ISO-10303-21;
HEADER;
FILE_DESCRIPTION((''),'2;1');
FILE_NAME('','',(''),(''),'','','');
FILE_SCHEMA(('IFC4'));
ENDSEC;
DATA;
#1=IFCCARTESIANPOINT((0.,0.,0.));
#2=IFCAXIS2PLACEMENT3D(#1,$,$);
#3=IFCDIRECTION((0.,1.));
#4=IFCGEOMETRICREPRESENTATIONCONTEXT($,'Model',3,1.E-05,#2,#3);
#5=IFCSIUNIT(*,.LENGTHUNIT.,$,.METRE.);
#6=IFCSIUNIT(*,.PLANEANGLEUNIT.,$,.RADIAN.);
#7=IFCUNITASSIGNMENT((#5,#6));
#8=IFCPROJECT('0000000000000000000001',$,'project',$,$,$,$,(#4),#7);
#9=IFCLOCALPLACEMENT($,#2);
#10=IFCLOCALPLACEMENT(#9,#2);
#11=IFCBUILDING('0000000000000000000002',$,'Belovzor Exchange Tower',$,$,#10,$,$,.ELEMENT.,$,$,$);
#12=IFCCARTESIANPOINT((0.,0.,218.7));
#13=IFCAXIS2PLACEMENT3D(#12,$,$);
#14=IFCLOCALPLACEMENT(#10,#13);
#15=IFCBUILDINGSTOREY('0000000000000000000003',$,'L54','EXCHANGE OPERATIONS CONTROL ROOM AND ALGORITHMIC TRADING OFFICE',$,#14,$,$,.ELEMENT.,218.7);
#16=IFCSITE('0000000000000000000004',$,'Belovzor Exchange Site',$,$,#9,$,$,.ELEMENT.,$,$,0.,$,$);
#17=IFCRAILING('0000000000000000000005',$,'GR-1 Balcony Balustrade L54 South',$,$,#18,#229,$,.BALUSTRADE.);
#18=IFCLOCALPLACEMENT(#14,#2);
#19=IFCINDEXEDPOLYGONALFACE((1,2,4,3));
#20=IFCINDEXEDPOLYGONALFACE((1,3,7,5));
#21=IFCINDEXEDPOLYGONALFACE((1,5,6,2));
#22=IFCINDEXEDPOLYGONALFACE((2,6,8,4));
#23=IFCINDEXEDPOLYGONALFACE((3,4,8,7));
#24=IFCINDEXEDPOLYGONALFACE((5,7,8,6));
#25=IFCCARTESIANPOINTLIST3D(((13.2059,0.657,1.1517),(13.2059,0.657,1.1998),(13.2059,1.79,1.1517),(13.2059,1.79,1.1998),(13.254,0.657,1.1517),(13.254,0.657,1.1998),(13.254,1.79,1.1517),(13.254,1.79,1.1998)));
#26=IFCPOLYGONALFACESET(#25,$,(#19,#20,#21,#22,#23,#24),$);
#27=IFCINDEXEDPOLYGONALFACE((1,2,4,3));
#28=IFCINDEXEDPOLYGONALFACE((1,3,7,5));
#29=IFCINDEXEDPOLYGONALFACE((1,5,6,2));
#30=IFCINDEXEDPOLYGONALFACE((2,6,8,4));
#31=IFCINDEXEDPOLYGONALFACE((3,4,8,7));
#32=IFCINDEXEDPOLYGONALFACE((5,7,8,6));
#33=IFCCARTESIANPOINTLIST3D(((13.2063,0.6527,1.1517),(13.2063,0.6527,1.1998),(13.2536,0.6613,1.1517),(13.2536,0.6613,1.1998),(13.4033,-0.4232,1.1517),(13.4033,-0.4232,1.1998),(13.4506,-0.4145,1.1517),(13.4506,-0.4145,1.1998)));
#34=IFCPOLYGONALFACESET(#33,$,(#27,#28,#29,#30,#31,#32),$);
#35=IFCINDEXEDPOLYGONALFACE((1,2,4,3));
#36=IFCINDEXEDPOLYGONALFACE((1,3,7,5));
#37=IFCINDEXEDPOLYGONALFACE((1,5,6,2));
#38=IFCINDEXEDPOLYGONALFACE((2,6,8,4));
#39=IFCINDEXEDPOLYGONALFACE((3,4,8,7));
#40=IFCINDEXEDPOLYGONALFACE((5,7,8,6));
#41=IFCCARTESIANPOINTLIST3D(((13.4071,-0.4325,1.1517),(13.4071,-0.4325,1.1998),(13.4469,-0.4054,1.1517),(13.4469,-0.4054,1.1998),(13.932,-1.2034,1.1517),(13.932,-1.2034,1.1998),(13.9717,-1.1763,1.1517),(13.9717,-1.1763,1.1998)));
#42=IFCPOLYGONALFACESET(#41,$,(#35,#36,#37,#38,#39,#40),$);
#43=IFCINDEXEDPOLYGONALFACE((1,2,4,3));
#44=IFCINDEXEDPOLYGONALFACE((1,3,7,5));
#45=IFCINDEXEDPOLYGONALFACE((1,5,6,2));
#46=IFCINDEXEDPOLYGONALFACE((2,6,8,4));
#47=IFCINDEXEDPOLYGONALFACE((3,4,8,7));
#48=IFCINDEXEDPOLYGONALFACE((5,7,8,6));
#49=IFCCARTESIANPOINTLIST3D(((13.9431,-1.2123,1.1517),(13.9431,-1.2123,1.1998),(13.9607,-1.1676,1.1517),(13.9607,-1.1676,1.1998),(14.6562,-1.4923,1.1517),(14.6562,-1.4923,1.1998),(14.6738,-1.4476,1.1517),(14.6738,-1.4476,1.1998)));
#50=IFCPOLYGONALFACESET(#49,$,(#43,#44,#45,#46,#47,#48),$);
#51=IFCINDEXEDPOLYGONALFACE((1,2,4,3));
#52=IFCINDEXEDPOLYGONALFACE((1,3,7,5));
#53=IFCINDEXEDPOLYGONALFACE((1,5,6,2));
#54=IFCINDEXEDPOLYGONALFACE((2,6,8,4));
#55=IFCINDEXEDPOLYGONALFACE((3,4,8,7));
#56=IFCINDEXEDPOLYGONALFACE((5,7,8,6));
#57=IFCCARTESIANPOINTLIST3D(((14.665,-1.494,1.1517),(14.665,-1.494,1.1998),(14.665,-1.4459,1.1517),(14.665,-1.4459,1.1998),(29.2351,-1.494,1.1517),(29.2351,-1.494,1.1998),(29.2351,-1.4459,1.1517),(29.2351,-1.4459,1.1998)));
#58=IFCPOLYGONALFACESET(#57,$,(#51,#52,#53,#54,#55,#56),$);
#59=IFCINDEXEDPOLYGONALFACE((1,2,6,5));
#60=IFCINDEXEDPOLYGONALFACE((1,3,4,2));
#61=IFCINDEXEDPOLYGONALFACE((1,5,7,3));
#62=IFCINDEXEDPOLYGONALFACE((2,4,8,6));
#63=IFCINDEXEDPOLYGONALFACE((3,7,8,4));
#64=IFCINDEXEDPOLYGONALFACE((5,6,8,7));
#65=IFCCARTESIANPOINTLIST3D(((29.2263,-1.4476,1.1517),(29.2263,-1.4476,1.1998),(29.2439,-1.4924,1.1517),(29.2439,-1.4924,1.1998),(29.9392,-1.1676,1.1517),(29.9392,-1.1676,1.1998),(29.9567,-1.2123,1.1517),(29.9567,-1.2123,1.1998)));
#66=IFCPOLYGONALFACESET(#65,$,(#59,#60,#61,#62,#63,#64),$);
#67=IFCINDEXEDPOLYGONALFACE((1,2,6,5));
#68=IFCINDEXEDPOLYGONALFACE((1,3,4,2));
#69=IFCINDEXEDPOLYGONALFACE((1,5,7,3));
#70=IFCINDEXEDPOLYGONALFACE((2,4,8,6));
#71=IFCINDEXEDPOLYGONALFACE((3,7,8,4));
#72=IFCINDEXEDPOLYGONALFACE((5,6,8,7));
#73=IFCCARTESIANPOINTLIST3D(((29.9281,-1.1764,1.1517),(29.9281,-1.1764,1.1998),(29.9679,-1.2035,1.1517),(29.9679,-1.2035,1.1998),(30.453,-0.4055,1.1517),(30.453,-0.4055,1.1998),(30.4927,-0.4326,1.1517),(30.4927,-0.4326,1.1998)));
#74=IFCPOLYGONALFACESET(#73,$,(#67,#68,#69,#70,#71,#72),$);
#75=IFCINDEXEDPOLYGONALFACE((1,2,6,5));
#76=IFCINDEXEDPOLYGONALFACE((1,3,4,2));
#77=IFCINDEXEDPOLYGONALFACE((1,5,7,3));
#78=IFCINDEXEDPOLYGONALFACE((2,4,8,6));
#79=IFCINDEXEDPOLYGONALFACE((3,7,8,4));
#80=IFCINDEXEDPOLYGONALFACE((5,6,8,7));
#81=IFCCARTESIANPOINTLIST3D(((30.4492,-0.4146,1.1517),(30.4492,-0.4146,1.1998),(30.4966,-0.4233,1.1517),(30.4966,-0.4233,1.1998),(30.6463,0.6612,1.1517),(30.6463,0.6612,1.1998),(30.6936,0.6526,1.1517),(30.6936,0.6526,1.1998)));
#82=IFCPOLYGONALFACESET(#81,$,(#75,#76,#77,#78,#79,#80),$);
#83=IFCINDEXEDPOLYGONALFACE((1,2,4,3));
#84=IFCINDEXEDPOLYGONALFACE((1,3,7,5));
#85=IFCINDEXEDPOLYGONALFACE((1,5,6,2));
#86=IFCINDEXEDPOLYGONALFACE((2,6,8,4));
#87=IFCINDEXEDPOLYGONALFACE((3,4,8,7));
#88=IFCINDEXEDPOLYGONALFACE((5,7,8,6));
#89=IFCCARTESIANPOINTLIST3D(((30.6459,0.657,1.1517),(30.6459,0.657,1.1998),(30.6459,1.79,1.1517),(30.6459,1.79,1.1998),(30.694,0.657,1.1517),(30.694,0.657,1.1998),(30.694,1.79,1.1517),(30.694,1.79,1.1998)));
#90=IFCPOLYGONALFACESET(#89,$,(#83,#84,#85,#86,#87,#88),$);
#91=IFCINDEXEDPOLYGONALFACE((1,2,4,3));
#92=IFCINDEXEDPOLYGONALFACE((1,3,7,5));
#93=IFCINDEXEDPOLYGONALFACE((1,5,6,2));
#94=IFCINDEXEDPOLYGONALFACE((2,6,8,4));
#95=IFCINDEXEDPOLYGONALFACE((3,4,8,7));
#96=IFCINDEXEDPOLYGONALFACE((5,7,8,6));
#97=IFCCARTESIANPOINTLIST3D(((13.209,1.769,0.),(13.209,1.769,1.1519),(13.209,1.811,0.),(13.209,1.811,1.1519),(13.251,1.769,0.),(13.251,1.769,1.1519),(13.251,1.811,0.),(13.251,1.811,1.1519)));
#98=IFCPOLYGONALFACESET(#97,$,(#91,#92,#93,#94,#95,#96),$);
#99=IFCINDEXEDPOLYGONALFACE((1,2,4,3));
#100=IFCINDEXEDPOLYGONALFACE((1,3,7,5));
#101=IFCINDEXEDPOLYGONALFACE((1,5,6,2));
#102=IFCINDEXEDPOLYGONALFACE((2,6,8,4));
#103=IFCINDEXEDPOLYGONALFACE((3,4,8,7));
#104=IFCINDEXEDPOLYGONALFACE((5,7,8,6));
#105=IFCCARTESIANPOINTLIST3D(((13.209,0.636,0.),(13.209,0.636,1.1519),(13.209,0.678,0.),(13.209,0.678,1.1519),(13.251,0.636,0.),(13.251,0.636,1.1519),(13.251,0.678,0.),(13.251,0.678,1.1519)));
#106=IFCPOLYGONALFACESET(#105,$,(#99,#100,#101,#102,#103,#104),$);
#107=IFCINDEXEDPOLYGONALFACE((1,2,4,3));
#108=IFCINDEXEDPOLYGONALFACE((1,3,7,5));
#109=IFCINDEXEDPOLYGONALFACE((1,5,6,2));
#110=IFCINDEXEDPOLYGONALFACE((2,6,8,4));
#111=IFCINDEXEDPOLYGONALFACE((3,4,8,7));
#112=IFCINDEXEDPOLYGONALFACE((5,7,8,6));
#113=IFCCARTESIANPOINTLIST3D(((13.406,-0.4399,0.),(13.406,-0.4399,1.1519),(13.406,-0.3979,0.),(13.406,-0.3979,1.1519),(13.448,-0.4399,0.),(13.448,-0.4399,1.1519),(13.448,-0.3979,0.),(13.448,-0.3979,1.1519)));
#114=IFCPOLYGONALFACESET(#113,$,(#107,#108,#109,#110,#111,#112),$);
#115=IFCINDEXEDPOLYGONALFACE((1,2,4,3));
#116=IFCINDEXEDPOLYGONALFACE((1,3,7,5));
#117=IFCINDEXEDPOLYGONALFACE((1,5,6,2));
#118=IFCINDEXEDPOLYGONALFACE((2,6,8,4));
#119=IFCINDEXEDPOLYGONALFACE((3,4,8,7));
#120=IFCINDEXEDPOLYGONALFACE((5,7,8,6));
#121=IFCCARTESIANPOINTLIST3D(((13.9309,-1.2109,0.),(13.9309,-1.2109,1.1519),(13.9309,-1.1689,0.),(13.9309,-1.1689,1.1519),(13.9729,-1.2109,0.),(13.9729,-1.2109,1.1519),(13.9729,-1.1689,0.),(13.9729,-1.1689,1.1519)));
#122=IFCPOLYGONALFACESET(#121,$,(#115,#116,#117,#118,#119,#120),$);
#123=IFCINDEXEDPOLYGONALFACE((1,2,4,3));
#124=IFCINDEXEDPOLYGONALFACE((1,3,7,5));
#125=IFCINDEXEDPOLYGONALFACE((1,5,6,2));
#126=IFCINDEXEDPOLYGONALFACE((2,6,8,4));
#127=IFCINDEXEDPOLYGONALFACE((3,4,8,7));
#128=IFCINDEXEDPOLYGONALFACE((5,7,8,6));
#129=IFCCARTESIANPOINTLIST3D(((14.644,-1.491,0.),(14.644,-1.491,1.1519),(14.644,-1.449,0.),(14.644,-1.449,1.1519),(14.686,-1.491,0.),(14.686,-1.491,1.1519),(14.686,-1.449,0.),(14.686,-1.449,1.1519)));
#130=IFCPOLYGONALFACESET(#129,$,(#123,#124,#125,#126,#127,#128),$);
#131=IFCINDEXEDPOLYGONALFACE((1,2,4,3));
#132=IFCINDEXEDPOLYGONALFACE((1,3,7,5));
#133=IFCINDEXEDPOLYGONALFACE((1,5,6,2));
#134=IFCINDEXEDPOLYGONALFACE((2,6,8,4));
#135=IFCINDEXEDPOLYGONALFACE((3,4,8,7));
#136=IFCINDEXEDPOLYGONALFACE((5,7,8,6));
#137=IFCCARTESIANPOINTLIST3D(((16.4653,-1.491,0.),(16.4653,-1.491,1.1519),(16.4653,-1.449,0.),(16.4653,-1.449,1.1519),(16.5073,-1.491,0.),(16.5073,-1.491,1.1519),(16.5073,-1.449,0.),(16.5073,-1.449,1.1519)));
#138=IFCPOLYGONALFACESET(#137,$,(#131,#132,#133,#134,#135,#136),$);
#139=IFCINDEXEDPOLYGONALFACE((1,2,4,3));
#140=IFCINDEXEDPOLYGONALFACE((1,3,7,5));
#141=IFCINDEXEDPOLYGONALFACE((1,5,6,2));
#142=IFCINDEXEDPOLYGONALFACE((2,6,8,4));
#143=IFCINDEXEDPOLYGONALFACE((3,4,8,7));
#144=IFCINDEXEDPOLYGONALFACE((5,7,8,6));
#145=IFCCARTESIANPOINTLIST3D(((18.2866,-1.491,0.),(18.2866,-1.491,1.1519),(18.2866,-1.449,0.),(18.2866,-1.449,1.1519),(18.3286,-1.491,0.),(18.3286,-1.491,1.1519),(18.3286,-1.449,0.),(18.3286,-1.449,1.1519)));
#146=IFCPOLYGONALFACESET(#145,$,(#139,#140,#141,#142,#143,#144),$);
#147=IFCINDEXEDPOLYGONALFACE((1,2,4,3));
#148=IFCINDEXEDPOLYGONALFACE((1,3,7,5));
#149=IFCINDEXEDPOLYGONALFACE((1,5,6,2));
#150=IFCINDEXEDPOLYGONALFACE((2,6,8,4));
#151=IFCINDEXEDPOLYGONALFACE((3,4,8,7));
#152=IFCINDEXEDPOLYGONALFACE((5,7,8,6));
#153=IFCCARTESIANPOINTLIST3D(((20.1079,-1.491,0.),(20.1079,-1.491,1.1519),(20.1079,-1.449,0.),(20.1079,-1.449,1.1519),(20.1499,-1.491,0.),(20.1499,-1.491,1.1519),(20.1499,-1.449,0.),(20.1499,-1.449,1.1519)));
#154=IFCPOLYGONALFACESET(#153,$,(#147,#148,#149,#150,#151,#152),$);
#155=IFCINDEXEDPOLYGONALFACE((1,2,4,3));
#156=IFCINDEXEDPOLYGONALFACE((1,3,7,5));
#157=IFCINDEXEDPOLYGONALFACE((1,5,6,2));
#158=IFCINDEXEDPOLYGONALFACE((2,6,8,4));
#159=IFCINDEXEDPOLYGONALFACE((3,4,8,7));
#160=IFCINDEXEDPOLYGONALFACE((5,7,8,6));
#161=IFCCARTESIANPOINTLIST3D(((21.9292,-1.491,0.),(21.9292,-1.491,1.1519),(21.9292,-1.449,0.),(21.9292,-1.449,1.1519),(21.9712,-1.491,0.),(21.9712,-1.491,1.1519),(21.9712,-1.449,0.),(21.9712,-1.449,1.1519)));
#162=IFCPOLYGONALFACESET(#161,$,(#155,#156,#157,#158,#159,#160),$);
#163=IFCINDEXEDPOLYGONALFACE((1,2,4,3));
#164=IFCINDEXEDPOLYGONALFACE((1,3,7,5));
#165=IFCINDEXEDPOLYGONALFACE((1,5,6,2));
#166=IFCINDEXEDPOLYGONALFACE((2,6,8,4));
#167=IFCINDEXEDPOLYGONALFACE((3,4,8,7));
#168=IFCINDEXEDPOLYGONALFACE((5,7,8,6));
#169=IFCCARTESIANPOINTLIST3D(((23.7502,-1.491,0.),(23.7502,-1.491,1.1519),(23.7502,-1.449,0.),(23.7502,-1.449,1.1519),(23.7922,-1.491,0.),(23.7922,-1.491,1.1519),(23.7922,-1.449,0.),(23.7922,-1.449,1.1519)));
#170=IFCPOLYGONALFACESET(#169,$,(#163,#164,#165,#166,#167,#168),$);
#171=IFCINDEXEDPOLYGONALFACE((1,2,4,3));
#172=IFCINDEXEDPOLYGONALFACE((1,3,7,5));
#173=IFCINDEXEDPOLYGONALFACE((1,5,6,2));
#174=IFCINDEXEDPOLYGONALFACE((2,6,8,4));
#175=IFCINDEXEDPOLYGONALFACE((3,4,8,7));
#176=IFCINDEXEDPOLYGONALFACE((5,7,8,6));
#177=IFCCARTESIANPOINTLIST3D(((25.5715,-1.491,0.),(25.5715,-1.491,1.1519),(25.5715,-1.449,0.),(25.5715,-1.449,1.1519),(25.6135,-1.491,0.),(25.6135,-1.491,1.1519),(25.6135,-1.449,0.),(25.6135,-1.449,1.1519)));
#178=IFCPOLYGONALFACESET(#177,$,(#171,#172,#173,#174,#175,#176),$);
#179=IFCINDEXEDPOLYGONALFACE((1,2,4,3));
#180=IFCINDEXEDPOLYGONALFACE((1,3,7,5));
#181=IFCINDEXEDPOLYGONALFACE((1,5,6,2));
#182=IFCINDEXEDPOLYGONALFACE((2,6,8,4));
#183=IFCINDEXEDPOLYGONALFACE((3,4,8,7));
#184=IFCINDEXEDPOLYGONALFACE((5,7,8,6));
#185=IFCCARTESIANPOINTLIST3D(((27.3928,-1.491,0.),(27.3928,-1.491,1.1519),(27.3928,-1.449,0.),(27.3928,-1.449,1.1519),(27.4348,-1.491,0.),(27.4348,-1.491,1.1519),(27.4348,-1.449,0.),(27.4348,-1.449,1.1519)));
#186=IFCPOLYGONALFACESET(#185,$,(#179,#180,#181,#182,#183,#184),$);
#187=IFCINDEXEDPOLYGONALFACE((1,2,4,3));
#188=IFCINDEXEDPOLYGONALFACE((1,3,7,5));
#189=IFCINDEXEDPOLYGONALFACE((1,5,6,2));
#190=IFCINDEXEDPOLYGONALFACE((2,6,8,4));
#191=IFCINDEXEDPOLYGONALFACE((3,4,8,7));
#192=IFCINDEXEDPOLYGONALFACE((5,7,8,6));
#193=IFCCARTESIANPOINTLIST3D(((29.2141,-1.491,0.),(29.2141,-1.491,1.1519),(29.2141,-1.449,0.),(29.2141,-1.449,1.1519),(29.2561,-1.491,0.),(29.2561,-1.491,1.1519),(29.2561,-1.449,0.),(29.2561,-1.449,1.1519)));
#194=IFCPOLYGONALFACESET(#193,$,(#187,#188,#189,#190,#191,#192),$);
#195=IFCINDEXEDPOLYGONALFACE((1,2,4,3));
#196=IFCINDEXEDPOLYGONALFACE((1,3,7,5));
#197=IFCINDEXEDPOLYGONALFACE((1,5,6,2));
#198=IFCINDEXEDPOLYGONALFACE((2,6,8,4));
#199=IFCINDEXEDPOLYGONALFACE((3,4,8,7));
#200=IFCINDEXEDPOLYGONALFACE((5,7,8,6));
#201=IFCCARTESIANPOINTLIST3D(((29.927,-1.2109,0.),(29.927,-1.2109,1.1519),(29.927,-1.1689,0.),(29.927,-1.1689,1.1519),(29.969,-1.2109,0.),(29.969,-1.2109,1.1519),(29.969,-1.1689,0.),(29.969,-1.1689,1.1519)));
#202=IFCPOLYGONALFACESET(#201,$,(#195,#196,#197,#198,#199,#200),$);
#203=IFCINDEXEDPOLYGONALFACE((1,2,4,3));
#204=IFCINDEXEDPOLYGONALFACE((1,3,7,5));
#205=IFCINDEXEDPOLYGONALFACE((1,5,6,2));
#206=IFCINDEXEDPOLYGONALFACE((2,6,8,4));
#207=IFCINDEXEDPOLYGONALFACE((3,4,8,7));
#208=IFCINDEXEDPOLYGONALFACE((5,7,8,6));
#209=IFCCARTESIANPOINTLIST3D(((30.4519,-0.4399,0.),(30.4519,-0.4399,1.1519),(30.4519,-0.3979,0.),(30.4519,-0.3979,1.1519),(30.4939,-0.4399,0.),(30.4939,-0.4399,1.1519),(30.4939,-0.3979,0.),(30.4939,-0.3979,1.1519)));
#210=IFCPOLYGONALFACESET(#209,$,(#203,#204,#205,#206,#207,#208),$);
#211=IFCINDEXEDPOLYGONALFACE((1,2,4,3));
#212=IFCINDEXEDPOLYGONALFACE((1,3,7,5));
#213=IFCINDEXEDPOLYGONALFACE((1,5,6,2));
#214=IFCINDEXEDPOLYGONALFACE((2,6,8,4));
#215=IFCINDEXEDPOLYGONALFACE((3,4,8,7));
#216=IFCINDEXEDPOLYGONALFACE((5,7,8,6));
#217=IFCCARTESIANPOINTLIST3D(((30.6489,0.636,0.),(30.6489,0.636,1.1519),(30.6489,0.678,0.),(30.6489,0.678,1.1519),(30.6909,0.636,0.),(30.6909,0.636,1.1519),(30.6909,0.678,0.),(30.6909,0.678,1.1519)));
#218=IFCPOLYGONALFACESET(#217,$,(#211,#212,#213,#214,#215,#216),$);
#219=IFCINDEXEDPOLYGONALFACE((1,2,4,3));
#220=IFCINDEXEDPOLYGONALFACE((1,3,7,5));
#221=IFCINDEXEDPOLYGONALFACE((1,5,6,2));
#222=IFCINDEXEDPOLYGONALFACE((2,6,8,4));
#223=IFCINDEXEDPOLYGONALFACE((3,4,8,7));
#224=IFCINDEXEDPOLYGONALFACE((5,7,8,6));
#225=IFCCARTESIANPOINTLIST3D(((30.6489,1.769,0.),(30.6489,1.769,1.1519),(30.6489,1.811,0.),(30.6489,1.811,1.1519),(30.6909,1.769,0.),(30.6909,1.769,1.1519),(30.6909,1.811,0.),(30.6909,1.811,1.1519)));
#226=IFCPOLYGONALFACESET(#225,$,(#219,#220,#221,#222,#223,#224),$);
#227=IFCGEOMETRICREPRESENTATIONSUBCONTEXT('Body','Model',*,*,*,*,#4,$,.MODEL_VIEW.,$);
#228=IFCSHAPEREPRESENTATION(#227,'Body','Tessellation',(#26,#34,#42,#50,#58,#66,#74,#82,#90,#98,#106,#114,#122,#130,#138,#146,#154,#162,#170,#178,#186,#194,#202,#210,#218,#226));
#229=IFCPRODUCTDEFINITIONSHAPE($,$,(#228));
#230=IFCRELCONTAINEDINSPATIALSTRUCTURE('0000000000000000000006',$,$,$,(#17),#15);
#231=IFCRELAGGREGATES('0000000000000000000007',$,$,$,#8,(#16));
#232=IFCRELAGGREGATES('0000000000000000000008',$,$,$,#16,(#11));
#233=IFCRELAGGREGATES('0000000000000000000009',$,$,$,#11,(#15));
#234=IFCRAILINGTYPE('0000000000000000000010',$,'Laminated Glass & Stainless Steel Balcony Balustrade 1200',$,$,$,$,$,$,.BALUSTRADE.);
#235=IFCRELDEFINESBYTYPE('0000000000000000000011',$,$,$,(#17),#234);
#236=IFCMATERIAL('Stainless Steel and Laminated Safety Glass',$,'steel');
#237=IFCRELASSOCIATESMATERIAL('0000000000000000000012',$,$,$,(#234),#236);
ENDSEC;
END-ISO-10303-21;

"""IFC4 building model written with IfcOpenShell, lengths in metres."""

from ifc_helpers import new_model, si_unit, direction, frame, origin, origin_2d, place, context, subcontext, project, spatial, rectangle, extrude, material, type_object, element, save


model = new_model("IFC4")

# Units and contexts
model_context = context("Model", 3, precision=1e-05, world=origin(), true_north=direction((0.0, 1.0)))
body_context = subcontext(model_context, "Body", "Model", "MODEL_VIEW")
ifc_project = project(units=[si_unit("LENGTHUNIT", "METRE"), si_unit("PLANEANGLEUNIT", "RADIAN")], contexts=[model_context])

# Site, building, storey
site_placement = place(None, origin())
site = spatial("IfcSite", under=ifc_project, at=site_placement, Name="Belovzor Exchange Site", CompositionType="ELEMENT", RefElevation=0.0)
building_placement = place(site_placement, origin())
building = spatial("IfcBuilding", under=site, at=building_placement, Name="Belovzor Exchange Tower", CompositionType="ELEMENT")
storey_placement = place(building_placement, frame((0.0, 0.0, 218.7)))
storey = spatial("IfcBuildingStorey", under=building, at=storey_placement, Name="L54", Description="EXCHANGE OPERATIONS CONTROL ROOM AND ALGORITHMIC TRADING OFFICE", CompositionType="ELEMENT", Elevation=218.7)

# Railing
ifc_material_1 = material(Name="Stainless Steel and Laminated Safety Glass", Category="steel")
railing_type = type_object("IfcRailingType", Name="Laminated Glass & Stainless Steel Balcony Balustrade 1200", PredefinedType="BALUSTRADE", material=ifc_material_1)
railing_placement = place(storey_placement, frame((13.23, 1.79, 0.0)))
element("IfcRailing", 1, at=railing_placement, inside=storey, type_object=railing_type, Name="GR-1 Balcony Balustrade L54 South", PredefinedType="BALUSTRADE", context=body_context, shape_type="SweptSolid", body=[
    extrude(rectangle(XDim=0.0481, YDim=0.0481, at=origin_2d()), frame((0.0, 0.0, 1.1758), z_axis=(0.0, -1.0, 0.0), x_axis=(1.0, 0.0, 0.0)), (0.0, 0.0, 1.0), 1.1331),
    extrude(rectangle(XDim=0.0481, YDim=0.0481, at=origin_2d()), frame((0.0, -1.1331, 1.1758), z_axis=(0.180123, -0.983644, 0.0), x_axis=(0.983644, 0.180123, 0.0)), (0.0, 0.0, 1.0), 1.0938),
    extrude(rectangle(XDim=0.0481, YDim=0.0481, at=origin_2d()), frame((0.197, -2.209, 1.1758), z_axis=(0.562768, -0.826615, 0.0), x_axis=(0.826615, 0.562768, 0.0)), (0.0, 0.0, 1.0), 0.9326),
    extrude(rectangle(XDim=0.0481, YDim=0.0481, at=origin_2d()), frame((0.7219, -2.98, 1.1758), z_axis=(0.93081, -0.365504, 0.0), x_axis=(0.365504, 0.93081, 0.0)), (0.0, 0.0, 1.0), 0.7661),
    extrude(rectangle(XDim=0.0481, YDim=0.0481, at=origin_2d()), frame((1.4351, -3.26, 1.1758), z_axis=(1.0, 0.0, 0.0), x_axis=(0.0, 1.0, 0.0)), (0.0, 0.0, 1.0), 14.5701),
    extrude(rectangle(XDim=0.0481, YDim=0.0481, at=origin_2d()), frame((16.0051, -3.26, 1.1758), z_axis=(0.930767, 0.365613, 0.0), x_axis=(-0.365613, 0.930767, 0.0)), (0.0, 0.0, 1.0), 0.7659),
    extrude(rectangle(XDim=0.0481, YDim=0.0481, at=origin_2d()), frame((16.718, -2.98, 1.1758), z_axis=(0.562768, 0.826615, 0.0), x_axis=(-0.826615, 0.562768, 0.0)), (0.0, 0.0, 1.0), 0.9326),
    extrude(rectangle(XDim=0.0481, YDim=0.0481, at=origin_2d()), frame((17.2429, -2.209, 1.1758), z_axis=(0.180123, 0.983644, 0.0), x_axis=(-0.983644, 0.180123, 0.0)), (0.0, 0.0, 1.0), 1.0938),
    extrude(rectangle(XDim=0.0481, YDim=0.0481, at=origin_2d()), frame((17.4399, -1.1331, 1.1758), z_axis=(0.0, 1.0, 0.0), x_axis=(-1.0, 0.0, 0.0)), (0.0, 0.0, 1.0), 1.1331),
    extrude(rectangle(XDim=0.042, YDim=0.042, at=origin_2d()), origin(), (0.0, 0.0, 1.0), 1.1519),
    extrude(rectangle(XDim=0.042, YDim=0.042, at=origin_2d()), frame((0.0, -1.1331, 0.0)), (0.0, 0.0, 1.0), 1.1519),
    extrude(rectangle(XDim=0.042, YDim=0.042, at=origin_2d()), frame((0.197, -2.209, 0.0)), (0.0, 0.0, 1.0), 1.1519),
    extrude(rectangle(XDim=0.042, YDim=0.042, at=origin_2d()), frame((0.7219, -2.98, 0.0)), (0.0, 0.0, 1.0), 1.1519),
    extrude(rectangle(XDim=0.042, YDim=0.042, at=origin_2d()), frame((1.4351, -3.26, 0.0)), (0.0, 0.0, 1.0), 1.1519),
    extrude(rectangle(XDim=0.042, YDim=0.042, at=origin_2d()), frame((3.2563, -3.26, 0.0)), (0.0, 0.0, 1.0), 1.1519),
    extrude(rectangle(XDim=0.042, YDim=0.042, at=origin_2d()), frame((5.0776, -3.26, 0.0)), (0.0, 0.0, 1.0), 1.1519),
    extrude(rectangle(XDim=0.042, YDim=0.042, at=origin_2d()), frame((6.8989, -3.26, 0.0)), (0.0, 0.0, 1.0), 1.1519),
    extrude(rectangle(XDim=0.042, YDim=0.042, at=origin_2d()), frame((8.7202, -3.26, 0.0)), (0.0, 0.0, 1.0), 1.1519),
    extrude(rectangle(XDim=0.042, YDim=0.042, at=origin_2d()), frame((10.5413, -3.26, 0.0)), (0.0, 0.0, 1.0), 1.1519),
    extrude(rectangle(XDim=0.042, YDim=0.042, at=origin_2d()), frame((12.3625, -3.26, 0.0)), (0.0, 0.0, 1.0), 1.1519),
    extrude(rectangle(XDim=0.042, YDim=0.042, at=origin_2d()), frame((14.1838, -3.26, 0.0)), (0.0, 0.0, 1.0), 1.1519),
    extrude(rectangle(XDim=0.042, YDim=0.042, at=origin_2d()), frame((16.0051, -3.26, 0.0)), (0.0, 0.0, 1.0), 1.1519),
    extrude(rectangle(XDim=0.042, YDim=0.042, at=origin_2d()), frame((16.718, -2.98, 0.0)), (0.0, 0.0, 1.0), 1.1519),
    extrude(rectangle(XDim=0.042, YDim=0.042, at=origin_2d()), frame((17.2429, -2.209, 0.0)), (0.0, 0.0, 1.0), 1.1519),
    extrude(rectangle(XDim=0.042, YDim=0.042, at=origin_2d()), frame((17.4399, -1.1331, 0.0)), (0.0, 0.0, 1.0), 1.1519),
    extrude(rectangle(XDim=0.042, YDim=0.042, at=origin_2d()), frame((17.4399, 0.0, 0.0)), (0.0, 0.0, 1.0), 1.1519),
])

save(model, "model.ifc")
